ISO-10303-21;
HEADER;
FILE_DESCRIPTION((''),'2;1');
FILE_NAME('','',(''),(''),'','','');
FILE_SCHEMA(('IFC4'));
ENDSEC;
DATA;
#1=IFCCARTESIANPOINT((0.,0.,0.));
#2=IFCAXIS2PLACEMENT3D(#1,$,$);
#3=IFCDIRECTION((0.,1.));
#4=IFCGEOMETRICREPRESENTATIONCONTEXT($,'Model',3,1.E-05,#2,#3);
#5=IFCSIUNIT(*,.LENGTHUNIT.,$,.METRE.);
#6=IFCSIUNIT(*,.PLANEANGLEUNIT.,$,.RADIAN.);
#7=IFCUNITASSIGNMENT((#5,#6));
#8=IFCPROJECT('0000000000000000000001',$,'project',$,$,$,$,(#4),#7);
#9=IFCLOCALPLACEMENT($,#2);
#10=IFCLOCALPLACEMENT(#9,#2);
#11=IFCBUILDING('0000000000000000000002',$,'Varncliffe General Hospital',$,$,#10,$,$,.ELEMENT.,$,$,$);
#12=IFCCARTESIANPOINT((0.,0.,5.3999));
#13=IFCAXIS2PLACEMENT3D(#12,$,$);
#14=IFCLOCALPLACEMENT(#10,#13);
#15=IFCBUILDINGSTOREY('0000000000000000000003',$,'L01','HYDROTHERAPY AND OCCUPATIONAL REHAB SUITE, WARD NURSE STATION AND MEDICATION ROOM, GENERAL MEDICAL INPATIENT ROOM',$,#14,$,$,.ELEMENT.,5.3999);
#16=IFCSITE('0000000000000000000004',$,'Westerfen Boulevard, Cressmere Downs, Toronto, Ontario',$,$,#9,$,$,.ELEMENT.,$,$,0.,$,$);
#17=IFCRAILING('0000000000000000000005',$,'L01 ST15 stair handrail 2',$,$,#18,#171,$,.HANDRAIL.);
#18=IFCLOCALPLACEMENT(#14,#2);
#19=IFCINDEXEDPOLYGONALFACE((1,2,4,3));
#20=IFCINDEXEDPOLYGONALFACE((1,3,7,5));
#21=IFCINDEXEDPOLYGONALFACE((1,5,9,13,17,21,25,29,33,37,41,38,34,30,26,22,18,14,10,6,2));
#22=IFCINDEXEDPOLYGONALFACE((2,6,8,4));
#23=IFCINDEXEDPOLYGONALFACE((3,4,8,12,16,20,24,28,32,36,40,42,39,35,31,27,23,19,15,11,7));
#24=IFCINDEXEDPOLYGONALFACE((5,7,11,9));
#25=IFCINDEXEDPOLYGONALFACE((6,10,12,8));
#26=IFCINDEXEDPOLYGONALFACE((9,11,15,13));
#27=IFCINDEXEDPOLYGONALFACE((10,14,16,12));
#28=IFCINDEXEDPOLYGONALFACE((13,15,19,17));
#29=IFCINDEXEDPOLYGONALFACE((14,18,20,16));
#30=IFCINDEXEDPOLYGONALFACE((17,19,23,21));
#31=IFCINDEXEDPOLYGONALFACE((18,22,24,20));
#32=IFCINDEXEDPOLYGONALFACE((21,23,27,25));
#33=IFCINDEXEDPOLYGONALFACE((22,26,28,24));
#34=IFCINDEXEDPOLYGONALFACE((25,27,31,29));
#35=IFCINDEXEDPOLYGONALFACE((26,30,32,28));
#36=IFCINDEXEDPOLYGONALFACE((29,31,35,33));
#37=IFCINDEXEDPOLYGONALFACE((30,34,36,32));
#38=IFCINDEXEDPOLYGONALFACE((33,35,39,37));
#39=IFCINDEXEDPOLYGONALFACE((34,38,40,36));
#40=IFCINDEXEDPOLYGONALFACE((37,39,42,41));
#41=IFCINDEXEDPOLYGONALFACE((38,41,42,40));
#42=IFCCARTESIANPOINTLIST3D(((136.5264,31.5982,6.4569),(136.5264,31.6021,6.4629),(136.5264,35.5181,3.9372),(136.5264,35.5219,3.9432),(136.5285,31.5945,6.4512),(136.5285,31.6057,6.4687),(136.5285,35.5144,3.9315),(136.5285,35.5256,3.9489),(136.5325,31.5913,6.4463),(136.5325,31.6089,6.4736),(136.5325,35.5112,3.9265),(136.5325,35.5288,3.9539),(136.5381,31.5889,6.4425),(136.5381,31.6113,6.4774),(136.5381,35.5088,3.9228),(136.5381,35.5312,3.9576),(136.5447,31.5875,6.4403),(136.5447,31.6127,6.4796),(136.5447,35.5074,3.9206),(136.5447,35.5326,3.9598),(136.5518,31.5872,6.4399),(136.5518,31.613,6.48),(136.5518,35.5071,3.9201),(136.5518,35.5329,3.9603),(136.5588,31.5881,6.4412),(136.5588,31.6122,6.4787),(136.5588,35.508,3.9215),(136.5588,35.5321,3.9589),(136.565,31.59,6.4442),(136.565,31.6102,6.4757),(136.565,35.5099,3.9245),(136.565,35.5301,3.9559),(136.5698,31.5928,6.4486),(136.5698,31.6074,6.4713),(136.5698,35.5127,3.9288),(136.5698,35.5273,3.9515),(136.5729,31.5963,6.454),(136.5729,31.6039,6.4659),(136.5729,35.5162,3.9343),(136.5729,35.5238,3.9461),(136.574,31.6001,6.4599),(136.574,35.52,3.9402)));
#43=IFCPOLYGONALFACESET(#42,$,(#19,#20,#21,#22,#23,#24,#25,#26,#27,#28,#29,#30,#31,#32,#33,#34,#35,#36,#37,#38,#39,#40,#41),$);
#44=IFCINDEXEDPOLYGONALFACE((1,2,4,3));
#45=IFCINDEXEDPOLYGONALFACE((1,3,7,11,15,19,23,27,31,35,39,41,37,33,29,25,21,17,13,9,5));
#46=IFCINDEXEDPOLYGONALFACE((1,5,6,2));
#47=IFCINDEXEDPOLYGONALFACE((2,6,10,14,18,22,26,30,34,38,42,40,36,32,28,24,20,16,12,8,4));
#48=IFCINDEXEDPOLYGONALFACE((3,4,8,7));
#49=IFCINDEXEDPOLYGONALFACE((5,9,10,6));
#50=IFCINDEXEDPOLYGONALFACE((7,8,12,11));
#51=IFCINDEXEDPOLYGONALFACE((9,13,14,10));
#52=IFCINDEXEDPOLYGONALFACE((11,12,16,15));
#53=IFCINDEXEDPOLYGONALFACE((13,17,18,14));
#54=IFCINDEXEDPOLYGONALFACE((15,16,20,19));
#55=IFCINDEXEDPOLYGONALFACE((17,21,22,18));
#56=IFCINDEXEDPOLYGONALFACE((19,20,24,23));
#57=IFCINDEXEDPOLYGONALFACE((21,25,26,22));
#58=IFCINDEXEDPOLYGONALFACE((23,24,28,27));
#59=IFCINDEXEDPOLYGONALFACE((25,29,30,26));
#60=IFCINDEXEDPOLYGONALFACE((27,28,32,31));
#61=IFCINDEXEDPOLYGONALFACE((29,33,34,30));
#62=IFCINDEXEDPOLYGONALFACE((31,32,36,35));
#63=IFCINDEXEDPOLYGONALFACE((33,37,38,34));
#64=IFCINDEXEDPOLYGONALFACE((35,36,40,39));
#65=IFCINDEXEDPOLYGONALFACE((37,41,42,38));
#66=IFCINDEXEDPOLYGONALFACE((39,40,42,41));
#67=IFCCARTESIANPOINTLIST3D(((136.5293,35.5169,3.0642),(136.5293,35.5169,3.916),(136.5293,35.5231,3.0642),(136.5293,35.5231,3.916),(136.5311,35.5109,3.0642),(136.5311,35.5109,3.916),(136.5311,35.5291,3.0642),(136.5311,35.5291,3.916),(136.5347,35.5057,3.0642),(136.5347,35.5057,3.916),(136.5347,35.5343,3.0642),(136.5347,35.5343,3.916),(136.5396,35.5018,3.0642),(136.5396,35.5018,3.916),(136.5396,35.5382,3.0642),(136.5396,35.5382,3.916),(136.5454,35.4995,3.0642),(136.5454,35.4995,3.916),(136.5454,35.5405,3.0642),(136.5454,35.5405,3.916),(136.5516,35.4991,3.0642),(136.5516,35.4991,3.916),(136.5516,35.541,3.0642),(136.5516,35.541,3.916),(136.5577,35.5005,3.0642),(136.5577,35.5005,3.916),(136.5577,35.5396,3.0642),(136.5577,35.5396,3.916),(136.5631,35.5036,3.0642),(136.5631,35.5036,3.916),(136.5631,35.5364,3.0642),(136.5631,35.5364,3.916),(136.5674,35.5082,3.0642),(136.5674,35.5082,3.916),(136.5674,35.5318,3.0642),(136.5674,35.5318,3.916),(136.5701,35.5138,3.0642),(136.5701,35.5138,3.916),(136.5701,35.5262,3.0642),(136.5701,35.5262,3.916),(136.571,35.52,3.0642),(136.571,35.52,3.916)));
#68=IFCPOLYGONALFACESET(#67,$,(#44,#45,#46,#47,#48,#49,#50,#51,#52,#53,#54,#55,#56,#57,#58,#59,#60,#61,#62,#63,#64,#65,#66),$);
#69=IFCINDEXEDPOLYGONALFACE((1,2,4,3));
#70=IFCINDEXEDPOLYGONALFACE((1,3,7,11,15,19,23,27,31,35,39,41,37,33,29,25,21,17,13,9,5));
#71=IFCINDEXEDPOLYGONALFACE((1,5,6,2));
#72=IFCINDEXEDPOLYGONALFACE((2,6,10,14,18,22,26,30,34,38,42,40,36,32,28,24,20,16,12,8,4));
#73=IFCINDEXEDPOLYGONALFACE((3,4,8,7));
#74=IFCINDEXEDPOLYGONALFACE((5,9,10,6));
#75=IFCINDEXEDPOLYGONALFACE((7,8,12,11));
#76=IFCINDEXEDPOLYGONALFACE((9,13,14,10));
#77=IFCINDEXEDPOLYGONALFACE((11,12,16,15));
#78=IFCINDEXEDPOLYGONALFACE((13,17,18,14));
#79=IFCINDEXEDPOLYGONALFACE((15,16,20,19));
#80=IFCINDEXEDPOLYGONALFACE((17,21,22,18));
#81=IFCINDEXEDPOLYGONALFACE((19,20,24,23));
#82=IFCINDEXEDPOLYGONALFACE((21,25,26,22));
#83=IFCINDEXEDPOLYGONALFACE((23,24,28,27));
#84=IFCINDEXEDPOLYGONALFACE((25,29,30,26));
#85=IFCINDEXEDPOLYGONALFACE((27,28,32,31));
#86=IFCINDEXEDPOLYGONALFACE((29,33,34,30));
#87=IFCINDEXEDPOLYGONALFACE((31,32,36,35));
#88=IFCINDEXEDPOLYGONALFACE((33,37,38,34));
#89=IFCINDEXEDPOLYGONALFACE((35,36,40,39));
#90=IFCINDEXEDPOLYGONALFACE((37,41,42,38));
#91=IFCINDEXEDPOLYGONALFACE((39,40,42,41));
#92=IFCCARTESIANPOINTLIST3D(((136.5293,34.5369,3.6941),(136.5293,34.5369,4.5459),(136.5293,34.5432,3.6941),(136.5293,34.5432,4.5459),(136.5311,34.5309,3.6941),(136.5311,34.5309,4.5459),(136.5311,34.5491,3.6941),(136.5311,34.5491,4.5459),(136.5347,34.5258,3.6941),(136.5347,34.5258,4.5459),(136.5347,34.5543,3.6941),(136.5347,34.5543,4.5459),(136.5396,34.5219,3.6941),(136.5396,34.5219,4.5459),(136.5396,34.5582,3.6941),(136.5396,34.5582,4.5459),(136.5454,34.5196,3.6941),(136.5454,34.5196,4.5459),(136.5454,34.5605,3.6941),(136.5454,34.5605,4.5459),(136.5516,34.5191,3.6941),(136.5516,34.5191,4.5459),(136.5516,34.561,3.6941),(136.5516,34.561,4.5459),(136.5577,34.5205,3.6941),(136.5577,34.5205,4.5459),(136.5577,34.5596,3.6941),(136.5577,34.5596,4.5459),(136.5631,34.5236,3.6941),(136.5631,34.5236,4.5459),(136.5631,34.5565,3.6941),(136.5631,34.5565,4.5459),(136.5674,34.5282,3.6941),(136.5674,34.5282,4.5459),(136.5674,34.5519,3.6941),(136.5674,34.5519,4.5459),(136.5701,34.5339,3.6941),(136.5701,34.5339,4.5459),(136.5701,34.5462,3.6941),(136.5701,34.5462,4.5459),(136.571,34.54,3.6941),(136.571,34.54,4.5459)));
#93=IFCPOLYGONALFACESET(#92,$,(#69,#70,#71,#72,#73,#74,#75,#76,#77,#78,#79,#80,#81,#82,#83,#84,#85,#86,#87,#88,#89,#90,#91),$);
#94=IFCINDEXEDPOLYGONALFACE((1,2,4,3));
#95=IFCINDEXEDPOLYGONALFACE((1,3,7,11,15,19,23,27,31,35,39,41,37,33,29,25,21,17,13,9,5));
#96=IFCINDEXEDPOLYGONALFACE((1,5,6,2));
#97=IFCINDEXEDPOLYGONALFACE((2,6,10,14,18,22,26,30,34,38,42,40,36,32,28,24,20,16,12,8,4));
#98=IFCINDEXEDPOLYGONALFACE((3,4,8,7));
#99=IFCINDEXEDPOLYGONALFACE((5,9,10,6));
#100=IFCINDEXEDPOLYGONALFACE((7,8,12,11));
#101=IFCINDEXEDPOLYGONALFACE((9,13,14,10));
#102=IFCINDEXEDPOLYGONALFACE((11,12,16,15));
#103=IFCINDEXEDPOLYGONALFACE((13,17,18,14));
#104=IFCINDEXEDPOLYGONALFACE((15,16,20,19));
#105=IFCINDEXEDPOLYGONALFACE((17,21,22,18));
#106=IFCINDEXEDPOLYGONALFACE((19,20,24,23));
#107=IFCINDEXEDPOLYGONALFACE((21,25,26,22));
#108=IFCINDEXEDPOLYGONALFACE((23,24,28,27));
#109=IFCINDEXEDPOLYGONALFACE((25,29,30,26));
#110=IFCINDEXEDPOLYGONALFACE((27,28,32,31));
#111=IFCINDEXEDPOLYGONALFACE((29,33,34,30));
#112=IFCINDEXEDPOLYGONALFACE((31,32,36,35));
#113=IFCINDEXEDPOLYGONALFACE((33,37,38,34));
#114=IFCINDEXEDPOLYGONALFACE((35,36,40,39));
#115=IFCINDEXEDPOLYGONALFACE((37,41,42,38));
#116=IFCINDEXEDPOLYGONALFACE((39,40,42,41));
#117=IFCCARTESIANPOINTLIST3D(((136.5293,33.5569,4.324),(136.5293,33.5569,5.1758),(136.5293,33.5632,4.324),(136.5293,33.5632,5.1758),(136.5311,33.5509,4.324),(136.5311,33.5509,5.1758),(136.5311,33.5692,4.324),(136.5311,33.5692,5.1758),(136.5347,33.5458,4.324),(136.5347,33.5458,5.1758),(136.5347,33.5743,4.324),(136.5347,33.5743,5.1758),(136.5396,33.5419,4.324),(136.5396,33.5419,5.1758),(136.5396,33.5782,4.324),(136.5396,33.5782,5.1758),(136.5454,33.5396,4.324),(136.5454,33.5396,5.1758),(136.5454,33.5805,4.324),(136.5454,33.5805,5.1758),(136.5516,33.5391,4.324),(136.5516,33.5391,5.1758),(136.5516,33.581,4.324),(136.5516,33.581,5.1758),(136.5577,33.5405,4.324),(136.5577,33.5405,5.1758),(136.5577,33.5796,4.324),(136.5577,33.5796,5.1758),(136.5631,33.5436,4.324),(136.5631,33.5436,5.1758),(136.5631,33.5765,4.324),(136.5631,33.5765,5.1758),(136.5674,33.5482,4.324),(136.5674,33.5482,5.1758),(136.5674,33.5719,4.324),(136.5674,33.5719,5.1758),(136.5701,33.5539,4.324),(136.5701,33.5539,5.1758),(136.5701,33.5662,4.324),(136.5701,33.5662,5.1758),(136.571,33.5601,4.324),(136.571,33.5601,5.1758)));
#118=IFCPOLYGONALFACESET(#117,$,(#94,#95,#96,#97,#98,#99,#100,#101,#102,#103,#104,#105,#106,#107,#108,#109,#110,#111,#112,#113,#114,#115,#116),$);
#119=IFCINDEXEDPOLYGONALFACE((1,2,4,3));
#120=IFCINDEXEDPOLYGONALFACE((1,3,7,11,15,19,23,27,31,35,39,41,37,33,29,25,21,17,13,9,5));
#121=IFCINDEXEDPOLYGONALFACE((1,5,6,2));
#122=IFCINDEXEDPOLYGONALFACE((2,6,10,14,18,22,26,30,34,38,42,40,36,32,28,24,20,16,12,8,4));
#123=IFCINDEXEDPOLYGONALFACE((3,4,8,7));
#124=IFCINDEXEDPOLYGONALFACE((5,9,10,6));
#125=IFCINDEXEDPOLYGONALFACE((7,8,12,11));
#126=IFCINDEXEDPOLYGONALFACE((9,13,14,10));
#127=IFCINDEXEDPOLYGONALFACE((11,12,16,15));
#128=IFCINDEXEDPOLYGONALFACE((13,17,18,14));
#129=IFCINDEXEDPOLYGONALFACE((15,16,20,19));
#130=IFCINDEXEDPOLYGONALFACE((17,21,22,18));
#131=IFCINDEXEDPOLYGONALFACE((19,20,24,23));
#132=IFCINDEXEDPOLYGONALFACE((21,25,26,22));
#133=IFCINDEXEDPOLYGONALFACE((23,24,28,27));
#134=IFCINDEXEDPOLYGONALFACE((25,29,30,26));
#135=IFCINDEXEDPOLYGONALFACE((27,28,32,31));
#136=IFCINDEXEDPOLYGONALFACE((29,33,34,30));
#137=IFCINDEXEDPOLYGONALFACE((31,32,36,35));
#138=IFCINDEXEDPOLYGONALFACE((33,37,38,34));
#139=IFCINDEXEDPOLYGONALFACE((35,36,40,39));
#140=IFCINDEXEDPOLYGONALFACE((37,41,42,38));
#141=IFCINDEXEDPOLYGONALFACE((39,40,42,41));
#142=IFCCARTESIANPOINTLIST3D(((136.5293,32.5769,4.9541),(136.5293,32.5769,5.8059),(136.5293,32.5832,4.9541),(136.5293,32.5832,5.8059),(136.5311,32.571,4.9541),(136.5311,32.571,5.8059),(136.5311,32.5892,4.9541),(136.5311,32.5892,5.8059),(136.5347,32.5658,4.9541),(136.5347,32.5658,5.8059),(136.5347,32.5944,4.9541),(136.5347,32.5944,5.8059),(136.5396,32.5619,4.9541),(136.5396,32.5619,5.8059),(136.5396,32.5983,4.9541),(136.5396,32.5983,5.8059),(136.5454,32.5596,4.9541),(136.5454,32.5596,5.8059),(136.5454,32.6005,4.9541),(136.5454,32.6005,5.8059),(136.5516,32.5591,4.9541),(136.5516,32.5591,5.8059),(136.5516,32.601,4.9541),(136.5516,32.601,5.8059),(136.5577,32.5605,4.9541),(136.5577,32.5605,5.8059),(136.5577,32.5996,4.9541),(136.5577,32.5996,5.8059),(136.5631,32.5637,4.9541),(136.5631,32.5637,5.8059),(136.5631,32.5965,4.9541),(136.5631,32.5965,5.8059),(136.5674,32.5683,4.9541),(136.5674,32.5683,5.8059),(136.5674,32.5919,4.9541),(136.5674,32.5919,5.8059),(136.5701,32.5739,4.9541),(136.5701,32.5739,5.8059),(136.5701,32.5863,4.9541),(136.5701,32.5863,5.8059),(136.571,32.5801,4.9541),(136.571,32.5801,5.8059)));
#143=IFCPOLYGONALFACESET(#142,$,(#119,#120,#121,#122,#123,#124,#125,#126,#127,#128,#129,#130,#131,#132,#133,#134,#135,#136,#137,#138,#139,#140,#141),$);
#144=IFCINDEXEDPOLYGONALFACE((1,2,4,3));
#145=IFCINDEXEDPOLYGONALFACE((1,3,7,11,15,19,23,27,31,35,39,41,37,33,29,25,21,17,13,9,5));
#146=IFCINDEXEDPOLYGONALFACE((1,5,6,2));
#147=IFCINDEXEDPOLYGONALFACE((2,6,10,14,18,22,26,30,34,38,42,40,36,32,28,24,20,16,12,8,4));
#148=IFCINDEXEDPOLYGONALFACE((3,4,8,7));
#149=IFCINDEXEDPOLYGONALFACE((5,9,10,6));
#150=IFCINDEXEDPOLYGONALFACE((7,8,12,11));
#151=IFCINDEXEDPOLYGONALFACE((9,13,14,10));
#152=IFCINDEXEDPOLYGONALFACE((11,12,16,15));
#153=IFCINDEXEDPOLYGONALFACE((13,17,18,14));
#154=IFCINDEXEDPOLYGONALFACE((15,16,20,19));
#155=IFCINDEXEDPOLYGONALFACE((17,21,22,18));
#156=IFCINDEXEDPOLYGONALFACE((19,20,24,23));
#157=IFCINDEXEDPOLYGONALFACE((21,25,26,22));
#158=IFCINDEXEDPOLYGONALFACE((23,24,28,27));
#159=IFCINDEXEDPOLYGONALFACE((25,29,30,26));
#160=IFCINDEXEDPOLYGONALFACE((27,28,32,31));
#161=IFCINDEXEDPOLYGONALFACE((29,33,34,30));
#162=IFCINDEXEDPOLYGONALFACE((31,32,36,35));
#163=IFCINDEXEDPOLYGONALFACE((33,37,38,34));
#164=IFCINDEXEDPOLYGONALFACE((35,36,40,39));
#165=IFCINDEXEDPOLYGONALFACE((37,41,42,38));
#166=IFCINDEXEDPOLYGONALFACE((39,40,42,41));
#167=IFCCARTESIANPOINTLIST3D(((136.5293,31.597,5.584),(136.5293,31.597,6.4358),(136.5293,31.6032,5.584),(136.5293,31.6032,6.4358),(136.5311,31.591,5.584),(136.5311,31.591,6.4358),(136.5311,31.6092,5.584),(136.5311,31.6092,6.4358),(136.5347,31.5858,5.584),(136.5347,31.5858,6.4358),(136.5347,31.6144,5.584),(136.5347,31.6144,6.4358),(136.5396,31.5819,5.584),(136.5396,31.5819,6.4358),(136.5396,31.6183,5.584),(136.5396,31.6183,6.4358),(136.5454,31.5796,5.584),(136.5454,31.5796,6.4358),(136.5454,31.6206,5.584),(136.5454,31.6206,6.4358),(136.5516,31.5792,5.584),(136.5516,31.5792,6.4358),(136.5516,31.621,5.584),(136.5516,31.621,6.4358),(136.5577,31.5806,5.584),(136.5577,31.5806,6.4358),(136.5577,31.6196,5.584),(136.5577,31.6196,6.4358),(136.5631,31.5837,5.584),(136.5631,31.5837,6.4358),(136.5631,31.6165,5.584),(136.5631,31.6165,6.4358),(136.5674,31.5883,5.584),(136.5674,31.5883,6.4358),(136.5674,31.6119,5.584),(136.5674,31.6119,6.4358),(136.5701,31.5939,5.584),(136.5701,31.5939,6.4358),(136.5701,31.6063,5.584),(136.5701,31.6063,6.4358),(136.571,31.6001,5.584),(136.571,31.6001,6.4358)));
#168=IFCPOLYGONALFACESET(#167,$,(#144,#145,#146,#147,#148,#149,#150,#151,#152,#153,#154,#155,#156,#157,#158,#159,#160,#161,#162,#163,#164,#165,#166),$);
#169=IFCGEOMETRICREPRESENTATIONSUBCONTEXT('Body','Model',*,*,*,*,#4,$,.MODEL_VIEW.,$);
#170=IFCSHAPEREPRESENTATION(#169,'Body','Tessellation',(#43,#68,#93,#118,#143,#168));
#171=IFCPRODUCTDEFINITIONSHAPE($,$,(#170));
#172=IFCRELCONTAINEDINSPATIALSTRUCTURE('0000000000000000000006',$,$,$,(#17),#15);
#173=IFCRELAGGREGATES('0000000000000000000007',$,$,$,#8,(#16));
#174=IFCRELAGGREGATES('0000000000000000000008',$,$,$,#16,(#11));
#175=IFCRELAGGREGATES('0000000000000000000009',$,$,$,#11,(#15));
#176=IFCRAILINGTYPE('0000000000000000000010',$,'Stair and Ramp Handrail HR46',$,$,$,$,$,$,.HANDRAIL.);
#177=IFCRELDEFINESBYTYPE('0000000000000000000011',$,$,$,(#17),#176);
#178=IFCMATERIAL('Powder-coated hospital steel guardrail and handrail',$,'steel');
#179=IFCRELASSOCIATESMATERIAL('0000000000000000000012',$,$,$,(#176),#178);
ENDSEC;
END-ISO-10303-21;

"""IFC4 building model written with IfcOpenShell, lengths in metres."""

from ifc_helpers import new_model, si_unit, direction, frame, origin, origin_2d, place, context, subcontext, project, spatial, circle, extrude, material, type_object, element, save


model = new_model("IFC4")

# Units and contexts
model_context = context("Model", 3, precision=1e-05, world=origin(), true_north=direction((0.0, 1.0)))
body_context = subcontext(model_context, "Body", "Model", "MODEL_VIEW")
ifc_project = project(units=[si_unit("LENGTHUNIT", "METRE"), si_unit("PLANEANGLEUNIT", "RADIAN")], contexts=[model_context])

# Site, building, storey
site_placement = place(None, origin())
site = spatial("IfcSite", under=ifc_project, at=site_placement, Name="Westerfen Boulevard, Cressmere Downs, Toronto, Ontario", CompositionType="ELEMENT", RefElevation=0.0)
building_placement = place(site_placement, origin())
building = spatial("IfcBuilding", under=site, at=building_placement, Name="Varncliffe General Hospital", CompositionType="ELEMENT")
storey_placement = place(building_placement, frame((0.0, 0.0, 5.3999)))
storey = spatial("IfcBuildingStorey", under=building, at=storey_placement, Name="L01", Description="HYDROTHERAPY AND OCCUPATIONAL REHAB SUITE, WARD NURSE STATION AND MEDICATION ROOM, GENERAL MEDICAL INPATIENT ROOM", CompositionType="ELEMENT", Elevation=5.3999)

# Railing
ifc_material_1 = material(Name="Powder-coated hospital steel guardrail and handrail", Category="steel")
railing_type_1 = type_object("IfcRailingType", Name="Stair and Ramp Handrail HR46", PredefinedType="HANDRAIL", material=ifc_material_1)
railing_1_placement = place(storey_placement, frame((136.55, 35.52, 3.0642)))
element("IfcRailing", 1, at=railing_1_placement, inside=storey, type_object=railing_type_1, Name="L01 ST15 stair handrail 2", PredefinedType="HANDRAIL", context=body_context, shape_type="SweptSolid", body=[
    extrude(circle(Radius=0.0239, at=origin_2d()), frame((0.0, 0.0, 0.876), z_axis=(0.0, -0.841195, 0.540731), x_axis=(1.0, 0.0, 0.0)), (0.0, 0.0, 1.0), 4.6599),
    extrude(circle(Radius=0.021, at=origin_2d()), origin(), (0.0, 0.0, 1.0), 0.8518),
    extrude(circle(Radius=0.021, at=origin_2d()), frame((0.0, -0.98, 0.6299)), (0.0, 0.0, 1.0), 0.8518),
    extrude(circle(Radius=0.021, at=origin_2d()), frame((0.0, -1.96, 1.2598)), (0.0, 0.0, 1.0), 0.8518),
    extrude(circle(Radius=0.021, at=origin_2d()), frame((0.0, -2.9399, 1.8899)), (0.0, 0.0, 1.0), 0.8518),
    extrude(circle(Radius=0.021, at=origin_2d()), frame((0.0, -3.9199, 2.5198)), (0.0, 0.0, 1.0), 0.8518),
])

save(model, "model.ifc")
